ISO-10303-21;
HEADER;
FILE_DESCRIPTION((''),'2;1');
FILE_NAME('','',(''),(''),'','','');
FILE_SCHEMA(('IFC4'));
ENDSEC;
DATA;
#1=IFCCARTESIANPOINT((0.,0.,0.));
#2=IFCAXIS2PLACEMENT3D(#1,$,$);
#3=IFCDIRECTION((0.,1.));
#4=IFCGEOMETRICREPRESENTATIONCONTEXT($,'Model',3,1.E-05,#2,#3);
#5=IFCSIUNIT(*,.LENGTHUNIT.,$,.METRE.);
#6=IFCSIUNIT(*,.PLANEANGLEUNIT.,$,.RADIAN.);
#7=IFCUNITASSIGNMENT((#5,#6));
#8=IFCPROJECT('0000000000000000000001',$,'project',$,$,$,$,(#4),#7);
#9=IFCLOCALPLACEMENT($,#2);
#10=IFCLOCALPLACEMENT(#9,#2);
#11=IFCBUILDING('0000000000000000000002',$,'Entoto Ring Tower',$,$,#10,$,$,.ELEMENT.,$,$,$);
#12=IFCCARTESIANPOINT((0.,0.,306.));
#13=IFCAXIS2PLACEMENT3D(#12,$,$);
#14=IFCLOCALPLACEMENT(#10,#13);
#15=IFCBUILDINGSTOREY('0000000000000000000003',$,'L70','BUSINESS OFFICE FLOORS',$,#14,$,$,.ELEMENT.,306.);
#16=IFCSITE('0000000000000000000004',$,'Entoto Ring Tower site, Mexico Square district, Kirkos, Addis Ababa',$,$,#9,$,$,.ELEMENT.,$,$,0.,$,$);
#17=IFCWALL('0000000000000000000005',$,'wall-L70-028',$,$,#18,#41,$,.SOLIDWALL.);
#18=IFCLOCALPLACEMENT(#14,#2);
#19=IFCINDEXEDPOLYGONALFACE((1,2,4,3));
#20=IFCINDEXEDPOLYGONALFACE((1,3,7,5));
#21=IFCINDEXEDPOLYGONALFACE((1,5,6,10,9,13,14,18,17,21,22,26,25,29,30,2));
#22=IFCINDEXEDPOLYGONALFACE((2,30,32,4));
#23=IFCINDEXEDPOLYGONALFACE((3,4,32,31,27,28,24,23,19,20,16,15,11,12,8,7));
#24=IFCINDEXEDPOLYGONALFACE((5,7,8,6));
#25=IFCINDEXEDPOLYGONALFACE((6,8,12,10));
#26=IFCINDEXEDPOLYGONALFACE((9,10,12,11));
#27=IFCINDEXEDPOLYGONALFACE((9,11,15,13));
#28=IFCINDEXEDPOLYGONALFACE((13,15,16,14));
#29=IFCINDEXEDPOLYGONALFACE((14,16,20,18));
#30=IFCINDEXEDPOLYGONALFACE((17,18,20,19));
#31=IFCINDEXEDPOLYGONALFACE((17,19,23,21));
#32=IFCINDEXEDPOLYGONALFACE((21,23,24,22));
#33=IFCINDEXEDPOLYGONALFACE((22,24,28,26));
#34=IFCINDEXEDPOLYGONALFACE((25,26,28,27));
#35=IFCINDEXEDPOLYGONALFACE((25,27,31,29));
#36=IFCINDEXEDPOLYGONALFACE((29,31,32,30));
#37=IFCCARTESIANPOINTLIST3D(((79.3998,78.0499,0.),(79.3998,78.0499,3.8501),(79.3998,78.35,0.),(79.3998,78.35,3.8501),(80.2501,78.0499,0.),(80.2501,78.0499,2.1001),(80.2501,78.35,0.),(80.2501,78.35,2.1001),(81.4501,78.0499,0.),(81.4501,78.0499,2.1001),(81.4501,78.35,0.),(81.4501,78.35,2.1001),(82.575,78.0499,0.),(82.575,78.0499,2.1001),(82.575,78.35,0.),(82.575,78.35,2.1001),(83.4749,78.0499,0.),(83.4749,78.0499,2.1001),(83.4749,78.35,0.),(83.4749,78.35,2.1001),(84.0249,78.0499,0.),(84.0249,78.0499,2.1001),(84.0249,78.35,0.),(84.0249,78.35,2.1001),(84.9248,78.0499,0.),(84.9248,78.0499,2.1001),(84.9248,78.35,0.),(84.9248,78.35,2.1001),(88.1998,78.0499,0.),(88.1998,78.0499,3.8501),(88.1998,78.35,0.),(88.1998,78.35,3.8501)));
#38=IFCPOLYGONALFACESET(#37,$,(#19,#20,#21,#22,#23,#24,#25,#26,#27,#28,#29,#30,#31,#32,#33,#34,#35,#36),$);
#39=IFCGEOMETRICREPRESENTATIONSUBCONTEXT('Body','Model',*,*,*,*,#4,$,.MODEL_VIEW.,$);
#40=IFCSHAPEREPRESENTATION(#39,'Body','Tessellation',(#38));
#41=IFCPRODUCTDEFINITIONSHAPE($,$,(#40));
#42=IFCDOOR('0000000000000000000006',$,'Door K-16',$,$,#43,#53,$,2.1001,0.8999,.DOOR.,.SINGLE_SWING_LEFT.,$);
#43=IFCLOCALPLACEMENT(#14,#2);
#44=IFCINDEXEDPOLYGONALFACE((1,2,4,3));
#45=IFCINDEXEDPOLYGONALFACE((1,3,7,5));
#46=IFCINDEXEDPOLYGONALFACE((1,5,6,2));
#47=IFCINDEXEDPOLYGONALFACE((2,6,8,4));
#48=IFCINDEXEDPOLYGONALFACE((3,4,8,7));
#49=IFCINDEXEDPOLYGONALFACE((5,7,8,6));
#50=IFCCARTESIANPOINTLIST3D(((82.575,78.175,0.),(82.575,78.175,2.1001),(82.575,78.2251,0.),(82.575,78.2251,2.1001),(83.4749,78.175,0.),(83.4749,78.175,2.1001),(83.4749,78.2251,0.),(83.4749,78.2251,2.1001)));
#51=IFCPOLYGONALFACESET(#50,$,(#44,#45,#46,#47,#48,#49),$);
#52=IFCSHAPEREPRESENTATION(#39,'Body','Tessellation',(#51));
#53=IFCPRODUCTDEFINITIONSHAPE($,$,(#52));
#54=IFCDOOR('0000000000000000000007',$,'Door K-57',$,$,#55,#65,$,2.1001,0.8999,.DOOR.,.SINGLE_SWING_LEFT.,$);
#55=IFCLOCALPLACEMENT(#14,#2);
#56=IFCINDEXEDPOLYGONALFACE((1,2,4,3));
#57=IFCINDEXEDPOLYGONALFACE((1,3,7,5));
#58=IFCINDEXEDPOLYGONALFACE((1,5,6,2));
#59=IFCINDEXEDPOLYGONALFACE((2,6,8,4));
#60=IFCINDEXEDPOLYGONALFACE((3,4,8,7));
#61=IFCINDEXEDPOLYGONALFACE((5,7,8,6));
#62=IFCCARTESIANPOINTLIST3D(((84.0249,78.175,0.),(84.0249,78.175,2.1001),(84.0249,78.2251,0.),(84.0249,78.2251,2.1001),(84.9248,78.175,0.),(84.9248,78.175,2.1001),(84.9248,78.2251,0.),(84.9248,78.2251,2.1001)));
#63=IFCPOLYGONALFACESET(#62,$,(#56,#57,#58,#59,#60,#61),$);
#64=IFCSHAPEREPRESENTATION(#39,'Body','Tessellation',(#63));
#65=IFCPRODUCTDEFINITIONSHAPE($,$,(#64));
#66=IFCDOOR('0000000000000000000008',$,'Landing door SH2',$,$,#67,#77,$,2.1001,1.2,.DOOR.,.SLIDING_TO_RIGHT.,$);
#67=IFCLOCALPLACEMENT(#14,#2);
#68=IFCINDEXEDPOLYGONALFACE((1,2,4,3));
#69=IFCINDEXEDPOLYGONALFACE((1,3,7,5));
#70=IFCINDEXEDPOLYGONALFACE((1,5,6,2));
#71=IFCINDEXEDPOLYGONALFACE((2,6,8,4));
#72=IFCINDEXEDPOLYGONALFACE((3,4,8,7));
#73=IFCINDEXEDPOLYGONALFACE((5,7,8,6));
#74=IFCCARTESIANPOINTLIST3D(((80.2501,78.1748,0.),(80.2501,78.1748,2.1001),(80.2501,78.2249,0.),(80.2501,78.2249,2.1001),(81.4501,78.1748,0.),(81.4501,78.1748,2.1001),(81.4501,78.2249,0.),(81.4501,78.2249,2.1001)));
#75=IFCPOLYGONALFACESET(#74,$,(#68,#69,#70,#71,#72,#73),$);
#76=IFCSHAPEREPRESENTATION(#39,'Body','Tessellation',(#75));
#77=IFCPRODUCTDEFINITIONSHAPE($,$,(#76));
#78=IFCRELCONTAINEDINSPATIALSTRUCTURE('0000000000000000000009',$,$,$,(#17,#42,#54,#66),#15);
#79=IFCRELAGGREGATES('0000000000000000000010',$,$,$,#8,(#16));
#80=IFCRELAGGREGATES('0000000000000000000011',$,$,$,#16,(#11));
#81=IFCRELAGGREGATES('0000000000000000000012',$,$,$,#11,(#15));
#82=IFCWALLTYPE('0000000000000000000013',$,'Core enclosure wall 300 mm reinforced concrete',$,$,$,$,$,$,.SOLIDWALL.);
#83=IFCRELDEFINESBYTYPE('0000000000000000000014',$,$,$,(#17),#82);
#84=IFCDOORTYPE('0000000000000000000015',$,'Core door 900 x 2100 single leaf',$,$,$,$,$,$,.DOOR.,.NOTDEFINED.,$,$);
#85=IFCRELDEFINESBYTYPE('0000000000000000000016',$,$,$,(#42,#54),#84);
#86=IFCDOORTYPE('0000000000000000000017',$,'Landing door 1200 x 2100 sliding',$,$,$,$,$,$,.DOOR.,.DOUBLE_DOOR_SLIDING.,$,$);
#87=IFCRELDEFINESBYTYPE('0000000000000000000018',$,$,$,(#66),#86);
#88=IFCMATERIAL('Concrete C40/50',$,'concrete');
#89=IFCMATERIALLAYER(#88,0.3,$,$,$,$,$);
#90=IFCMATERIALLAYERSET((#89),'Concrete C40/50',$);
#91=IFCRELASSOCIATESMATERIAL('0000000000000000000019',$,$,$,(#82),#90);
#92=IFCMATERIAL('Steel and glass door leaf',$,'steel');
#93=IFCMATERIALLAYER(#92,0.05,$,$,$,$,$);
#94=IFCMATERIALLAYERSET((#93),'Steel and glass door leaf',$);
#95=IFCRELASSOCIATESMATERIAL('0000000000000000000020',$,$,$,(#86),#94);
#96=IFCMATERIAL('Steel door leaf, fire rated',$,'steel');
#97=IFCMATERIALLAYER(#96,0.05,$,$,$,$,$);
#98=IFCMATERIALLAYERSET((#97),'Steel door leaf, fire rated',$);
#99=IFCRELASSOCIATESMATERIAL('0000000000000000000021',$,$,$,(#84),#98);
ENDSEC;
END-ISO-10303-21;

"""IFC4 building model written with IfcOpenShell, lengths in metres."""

from ifc_helpers import new_model, si_unit, direction, frame, frame_2d, origin, place, context, subcontext, project, spatial, rectangle, extrude, material, layer, layer_set, type_object, element, fill, save


model = new_model("IFC4")

# Units and contexts
model_context = context("Model", 3, precision=1e-05, world=origin(), true_north=direction((0.0, 1.0)))
body_context = subcontext(model_context, "Body", "Model", "MODEL_VIEW")
ifc_project = project(units=[si_unit("LENGTHUNIT", "METRE"), si_unit("PLANEANGLEUNIT", "RADIAN")], contexts=[model_context])

# Site, building, storey
site_placement = place(None, origin())
site = spatial("IfcSite", under=ifc_project, at=site_placement, Name="Entoto Ring Tower site, Mexico Square district, Kirkos, Addis Ababa", CompositionType="ELEMENT", RefElevation=0.0)
building_placement = place(site_placement, origin())
building = spatial("IfcBuilding", under=site, at=building_placement, Name="Entoto Ring Tower", CompositionType="ELEMENT")
storey_placement = place(building_placement, frame((0.0, 0.0, 306.0)))
storey = spatial("IfcBuildingStorey", under=building, at=storey_placement, Name="L70", Description="BUSINESS OFFICE FLOORS", CompositionType="ELEMENT", Elevation=306.0)

# Shared definitions
ifc_material_1 = material(Name="Concrete C40/50", Category="concrete")
ifc_layer_1 = layer(ifc_material_1, 0.3)
ifc_layer_set_1 = layer_set([ifc_layer_1], Name="Concrete C40/50")
wall_type_1 = type_object("IfcWallType", Name="Core enclosure wall 300 mm reinforced concrete", PredefinedType="SOLIDWALL", material=ifc_layer_set_1)
ifc_material_2 = material(Name="Steel and glass door leaf", Category="steel")
ifc_layer_2 = layer(ifc_material_2, 0.05)
ifc_layer_set_2 = layer_set([ifc_layer_2], Name="Steel and glass door leaf")
door_type_1 = type_object("IfcDoorType", Name="Landing door 1200 x 2100 sliding", OperationType="DOUBLE_DOOR_SLIDING", PredefinedType="DOOR", material=ifc_layer_set_2)

# Wall, openings, doors
wall_1_placement = place(storey_placement, frame((79.3999, 78.2, 0.0), z_axis=(0.0, 0.0, 1.0), x_axis=(1.0, 0.0, 0.0)))
wall_1 = element("IfcWall", 1, at=wall_1_placement, inside=storey, type_object=wall_type_1, Name="wall-L70-028", PredefinedType="SOLIDWALL", context=body_context, shape_type="SweptSolid", body=[
    extrude(rectangle(XDim=8.8, YDim=0.3, at=frame_2d((4.3999, 0.0))), origin(), (0.0, 0.0, 1.0), 3.8501),
])
opening_1_placement = place(wall_1_placement, frame((0.8501, 0.0, 0.0)))
opening_1 = element("IfcOpeningElement", 2, at=opening_1_placement, cuts=wall_1, PredefinedType="OPENING", context=body_context, shape_type="SweptSolid", body=[
    extrude(rectangle(XDim=1.2, YDim=2.1001, at=frame_2d((0.6001, 1.05))), frame((0.0, 0.1602, 0.0), z_axis=(0.0, -1.0, 0.0), x_axis=(1.0, 0.0, 0.0)), (0.0, 0.0, 1.0), 0.3201),
])
opening_2_placement = place(wall_1_placement, frame((3.175, 0.0, 0.0)))
opening_2 = element("IfcOpeningElement", 3, at=opening_2_placement, cuts=wall_1, PredefinedType="OPENING", context=body_context, shape_type="SweptSolid", body=[
    extrude(rectangle(XDim=0.8999, YDim=2.1001, at=frame_2d((0.45, 1.05))), frame((0.0, 0.1602, 0.0), z_axis=(0.0, -1.0, 0.0), x_axis=(1.0, 0.0, 0.0)), (0.0, 0.0, 1.0), 0.3201),
])
opening_3_placement = place(wall_1_placement, frame((4.625, 0.0, 0.0)))
opening_3 = element("IfcOpeningElement", 4, at=opening_3_placement, cuts=wall_1, PredefinedType="OPENING", context=body_context, shape_type="SweptSolid", body=[
    extrude(rectangle(XDim=0.8999, YDim=2.1001, at=frame_2d((0.45, 1.05))), frame((0.0, 0.1602, 0.0), z_axis=(0.0, -1.0, 0.0), x_axis=(1.0, 0.0, 0.0)), (0.0, 0.0, 1.0), 0.3201),
])
ifc_material_3 = material(Name="Steel door leaf, fire rated", Category="steel")
ifc_layer_3 = layer(ifc_material_3, 0.05)
ifc_layer_set_3 = layer_set([ifc_layer_3], Name="Steel door leaf, fire rated")
door_type_2 = type_object("IfcDoorType", Name="Core door 900 x 2100 single leaf", OperationType="NOTDEFINED", PredefinedType="DOOR", material=ifc_layer_set_3)
door_1_placement = place(opening_2_placement, frame((0.8999, 0.0, 0.0), z_axis=(0.0, 0.0, 1.0), x_axis=(-1.0, 0.0, 0.0)))
door_1 = element("IfcDoor", 5, at=door_1_placement, inside=storey, type_object=door_type_2, Name="Door K-16", OperationType="SINGLE_SWING_LEFT", OverallHeight=2.1001, OverallWidth=0.8999, PredefinedType="DOOR", context=body_context, shape_type="SweptSolid", body=[
    extrude(rectangle(XDim=0.8999, YDim=2.1001, at=frame_2d((0.45, 1.05))), frame((0.0, 0.0249, 0.0), z_axis=(0.0, -1.0, 0.0), x_axis=(1.0, 0.0, 0.0)), (0.0, 0.0, 1.0), 0.05),
])
fill(opening_2, door_1)
door_2_placement = place(opening_3_placement, frame((0.8999, 0.0, 0.0), z_axis=(0.0, 0.0, 1.0), x_axis=(-1.0, 0.0, 0.0)))
door_2 = element("IfcDoor", 6, at=door_2_placement, inside=storey, type_object=door_type_2, Name="Door K-57", OperationType="SINGLE_SWING_LEFT", OverallHeight=2.1001, OverallWidth=0.8999, PredefinedType="DOOR", context=body_context, shape_type="SweptSolid", body=[
    extrude(rectangle(XDim=0.8999, YDim=2.1001, at=frame_2d((0.45, 1.05))), frame((0.0, 0.0249, 0.0), z_axis=(0.0, -1.0, 0.0), x_axis=(1.0, 0.0, 0.0)), (0.0, 0.0, 1.0), 0.05),
])
fill(opening_3, door_2)
door_3_placement = place(opening_1_placement, origin())
door_3 = element("IfcDoor", 7, at=door_3_placement, inside=storey, type_object=door_type_1, Name="Landing door SH2", OperationType="SLIDING_TO_RIGHT", OverallHeight=2.1001, OverallWidth=1.2, PredefinedType="DOOR", context=body_context, shape_type="SweptSolid", body=[
    extrude(rectangle(XDim=1.2, YDim=2.1001, at=frame_2d((0.6001, 1.05))), frame((0.0, 0.0249, 0.0), z_axis=(0.0, -1.0, 0.0), x_axis=(1.0, 0.0, 0.0)), (0.0, 0.0, 1.0), 0.05),
])
fill(opening_1, door_3)

save(model, "model.ifc")
